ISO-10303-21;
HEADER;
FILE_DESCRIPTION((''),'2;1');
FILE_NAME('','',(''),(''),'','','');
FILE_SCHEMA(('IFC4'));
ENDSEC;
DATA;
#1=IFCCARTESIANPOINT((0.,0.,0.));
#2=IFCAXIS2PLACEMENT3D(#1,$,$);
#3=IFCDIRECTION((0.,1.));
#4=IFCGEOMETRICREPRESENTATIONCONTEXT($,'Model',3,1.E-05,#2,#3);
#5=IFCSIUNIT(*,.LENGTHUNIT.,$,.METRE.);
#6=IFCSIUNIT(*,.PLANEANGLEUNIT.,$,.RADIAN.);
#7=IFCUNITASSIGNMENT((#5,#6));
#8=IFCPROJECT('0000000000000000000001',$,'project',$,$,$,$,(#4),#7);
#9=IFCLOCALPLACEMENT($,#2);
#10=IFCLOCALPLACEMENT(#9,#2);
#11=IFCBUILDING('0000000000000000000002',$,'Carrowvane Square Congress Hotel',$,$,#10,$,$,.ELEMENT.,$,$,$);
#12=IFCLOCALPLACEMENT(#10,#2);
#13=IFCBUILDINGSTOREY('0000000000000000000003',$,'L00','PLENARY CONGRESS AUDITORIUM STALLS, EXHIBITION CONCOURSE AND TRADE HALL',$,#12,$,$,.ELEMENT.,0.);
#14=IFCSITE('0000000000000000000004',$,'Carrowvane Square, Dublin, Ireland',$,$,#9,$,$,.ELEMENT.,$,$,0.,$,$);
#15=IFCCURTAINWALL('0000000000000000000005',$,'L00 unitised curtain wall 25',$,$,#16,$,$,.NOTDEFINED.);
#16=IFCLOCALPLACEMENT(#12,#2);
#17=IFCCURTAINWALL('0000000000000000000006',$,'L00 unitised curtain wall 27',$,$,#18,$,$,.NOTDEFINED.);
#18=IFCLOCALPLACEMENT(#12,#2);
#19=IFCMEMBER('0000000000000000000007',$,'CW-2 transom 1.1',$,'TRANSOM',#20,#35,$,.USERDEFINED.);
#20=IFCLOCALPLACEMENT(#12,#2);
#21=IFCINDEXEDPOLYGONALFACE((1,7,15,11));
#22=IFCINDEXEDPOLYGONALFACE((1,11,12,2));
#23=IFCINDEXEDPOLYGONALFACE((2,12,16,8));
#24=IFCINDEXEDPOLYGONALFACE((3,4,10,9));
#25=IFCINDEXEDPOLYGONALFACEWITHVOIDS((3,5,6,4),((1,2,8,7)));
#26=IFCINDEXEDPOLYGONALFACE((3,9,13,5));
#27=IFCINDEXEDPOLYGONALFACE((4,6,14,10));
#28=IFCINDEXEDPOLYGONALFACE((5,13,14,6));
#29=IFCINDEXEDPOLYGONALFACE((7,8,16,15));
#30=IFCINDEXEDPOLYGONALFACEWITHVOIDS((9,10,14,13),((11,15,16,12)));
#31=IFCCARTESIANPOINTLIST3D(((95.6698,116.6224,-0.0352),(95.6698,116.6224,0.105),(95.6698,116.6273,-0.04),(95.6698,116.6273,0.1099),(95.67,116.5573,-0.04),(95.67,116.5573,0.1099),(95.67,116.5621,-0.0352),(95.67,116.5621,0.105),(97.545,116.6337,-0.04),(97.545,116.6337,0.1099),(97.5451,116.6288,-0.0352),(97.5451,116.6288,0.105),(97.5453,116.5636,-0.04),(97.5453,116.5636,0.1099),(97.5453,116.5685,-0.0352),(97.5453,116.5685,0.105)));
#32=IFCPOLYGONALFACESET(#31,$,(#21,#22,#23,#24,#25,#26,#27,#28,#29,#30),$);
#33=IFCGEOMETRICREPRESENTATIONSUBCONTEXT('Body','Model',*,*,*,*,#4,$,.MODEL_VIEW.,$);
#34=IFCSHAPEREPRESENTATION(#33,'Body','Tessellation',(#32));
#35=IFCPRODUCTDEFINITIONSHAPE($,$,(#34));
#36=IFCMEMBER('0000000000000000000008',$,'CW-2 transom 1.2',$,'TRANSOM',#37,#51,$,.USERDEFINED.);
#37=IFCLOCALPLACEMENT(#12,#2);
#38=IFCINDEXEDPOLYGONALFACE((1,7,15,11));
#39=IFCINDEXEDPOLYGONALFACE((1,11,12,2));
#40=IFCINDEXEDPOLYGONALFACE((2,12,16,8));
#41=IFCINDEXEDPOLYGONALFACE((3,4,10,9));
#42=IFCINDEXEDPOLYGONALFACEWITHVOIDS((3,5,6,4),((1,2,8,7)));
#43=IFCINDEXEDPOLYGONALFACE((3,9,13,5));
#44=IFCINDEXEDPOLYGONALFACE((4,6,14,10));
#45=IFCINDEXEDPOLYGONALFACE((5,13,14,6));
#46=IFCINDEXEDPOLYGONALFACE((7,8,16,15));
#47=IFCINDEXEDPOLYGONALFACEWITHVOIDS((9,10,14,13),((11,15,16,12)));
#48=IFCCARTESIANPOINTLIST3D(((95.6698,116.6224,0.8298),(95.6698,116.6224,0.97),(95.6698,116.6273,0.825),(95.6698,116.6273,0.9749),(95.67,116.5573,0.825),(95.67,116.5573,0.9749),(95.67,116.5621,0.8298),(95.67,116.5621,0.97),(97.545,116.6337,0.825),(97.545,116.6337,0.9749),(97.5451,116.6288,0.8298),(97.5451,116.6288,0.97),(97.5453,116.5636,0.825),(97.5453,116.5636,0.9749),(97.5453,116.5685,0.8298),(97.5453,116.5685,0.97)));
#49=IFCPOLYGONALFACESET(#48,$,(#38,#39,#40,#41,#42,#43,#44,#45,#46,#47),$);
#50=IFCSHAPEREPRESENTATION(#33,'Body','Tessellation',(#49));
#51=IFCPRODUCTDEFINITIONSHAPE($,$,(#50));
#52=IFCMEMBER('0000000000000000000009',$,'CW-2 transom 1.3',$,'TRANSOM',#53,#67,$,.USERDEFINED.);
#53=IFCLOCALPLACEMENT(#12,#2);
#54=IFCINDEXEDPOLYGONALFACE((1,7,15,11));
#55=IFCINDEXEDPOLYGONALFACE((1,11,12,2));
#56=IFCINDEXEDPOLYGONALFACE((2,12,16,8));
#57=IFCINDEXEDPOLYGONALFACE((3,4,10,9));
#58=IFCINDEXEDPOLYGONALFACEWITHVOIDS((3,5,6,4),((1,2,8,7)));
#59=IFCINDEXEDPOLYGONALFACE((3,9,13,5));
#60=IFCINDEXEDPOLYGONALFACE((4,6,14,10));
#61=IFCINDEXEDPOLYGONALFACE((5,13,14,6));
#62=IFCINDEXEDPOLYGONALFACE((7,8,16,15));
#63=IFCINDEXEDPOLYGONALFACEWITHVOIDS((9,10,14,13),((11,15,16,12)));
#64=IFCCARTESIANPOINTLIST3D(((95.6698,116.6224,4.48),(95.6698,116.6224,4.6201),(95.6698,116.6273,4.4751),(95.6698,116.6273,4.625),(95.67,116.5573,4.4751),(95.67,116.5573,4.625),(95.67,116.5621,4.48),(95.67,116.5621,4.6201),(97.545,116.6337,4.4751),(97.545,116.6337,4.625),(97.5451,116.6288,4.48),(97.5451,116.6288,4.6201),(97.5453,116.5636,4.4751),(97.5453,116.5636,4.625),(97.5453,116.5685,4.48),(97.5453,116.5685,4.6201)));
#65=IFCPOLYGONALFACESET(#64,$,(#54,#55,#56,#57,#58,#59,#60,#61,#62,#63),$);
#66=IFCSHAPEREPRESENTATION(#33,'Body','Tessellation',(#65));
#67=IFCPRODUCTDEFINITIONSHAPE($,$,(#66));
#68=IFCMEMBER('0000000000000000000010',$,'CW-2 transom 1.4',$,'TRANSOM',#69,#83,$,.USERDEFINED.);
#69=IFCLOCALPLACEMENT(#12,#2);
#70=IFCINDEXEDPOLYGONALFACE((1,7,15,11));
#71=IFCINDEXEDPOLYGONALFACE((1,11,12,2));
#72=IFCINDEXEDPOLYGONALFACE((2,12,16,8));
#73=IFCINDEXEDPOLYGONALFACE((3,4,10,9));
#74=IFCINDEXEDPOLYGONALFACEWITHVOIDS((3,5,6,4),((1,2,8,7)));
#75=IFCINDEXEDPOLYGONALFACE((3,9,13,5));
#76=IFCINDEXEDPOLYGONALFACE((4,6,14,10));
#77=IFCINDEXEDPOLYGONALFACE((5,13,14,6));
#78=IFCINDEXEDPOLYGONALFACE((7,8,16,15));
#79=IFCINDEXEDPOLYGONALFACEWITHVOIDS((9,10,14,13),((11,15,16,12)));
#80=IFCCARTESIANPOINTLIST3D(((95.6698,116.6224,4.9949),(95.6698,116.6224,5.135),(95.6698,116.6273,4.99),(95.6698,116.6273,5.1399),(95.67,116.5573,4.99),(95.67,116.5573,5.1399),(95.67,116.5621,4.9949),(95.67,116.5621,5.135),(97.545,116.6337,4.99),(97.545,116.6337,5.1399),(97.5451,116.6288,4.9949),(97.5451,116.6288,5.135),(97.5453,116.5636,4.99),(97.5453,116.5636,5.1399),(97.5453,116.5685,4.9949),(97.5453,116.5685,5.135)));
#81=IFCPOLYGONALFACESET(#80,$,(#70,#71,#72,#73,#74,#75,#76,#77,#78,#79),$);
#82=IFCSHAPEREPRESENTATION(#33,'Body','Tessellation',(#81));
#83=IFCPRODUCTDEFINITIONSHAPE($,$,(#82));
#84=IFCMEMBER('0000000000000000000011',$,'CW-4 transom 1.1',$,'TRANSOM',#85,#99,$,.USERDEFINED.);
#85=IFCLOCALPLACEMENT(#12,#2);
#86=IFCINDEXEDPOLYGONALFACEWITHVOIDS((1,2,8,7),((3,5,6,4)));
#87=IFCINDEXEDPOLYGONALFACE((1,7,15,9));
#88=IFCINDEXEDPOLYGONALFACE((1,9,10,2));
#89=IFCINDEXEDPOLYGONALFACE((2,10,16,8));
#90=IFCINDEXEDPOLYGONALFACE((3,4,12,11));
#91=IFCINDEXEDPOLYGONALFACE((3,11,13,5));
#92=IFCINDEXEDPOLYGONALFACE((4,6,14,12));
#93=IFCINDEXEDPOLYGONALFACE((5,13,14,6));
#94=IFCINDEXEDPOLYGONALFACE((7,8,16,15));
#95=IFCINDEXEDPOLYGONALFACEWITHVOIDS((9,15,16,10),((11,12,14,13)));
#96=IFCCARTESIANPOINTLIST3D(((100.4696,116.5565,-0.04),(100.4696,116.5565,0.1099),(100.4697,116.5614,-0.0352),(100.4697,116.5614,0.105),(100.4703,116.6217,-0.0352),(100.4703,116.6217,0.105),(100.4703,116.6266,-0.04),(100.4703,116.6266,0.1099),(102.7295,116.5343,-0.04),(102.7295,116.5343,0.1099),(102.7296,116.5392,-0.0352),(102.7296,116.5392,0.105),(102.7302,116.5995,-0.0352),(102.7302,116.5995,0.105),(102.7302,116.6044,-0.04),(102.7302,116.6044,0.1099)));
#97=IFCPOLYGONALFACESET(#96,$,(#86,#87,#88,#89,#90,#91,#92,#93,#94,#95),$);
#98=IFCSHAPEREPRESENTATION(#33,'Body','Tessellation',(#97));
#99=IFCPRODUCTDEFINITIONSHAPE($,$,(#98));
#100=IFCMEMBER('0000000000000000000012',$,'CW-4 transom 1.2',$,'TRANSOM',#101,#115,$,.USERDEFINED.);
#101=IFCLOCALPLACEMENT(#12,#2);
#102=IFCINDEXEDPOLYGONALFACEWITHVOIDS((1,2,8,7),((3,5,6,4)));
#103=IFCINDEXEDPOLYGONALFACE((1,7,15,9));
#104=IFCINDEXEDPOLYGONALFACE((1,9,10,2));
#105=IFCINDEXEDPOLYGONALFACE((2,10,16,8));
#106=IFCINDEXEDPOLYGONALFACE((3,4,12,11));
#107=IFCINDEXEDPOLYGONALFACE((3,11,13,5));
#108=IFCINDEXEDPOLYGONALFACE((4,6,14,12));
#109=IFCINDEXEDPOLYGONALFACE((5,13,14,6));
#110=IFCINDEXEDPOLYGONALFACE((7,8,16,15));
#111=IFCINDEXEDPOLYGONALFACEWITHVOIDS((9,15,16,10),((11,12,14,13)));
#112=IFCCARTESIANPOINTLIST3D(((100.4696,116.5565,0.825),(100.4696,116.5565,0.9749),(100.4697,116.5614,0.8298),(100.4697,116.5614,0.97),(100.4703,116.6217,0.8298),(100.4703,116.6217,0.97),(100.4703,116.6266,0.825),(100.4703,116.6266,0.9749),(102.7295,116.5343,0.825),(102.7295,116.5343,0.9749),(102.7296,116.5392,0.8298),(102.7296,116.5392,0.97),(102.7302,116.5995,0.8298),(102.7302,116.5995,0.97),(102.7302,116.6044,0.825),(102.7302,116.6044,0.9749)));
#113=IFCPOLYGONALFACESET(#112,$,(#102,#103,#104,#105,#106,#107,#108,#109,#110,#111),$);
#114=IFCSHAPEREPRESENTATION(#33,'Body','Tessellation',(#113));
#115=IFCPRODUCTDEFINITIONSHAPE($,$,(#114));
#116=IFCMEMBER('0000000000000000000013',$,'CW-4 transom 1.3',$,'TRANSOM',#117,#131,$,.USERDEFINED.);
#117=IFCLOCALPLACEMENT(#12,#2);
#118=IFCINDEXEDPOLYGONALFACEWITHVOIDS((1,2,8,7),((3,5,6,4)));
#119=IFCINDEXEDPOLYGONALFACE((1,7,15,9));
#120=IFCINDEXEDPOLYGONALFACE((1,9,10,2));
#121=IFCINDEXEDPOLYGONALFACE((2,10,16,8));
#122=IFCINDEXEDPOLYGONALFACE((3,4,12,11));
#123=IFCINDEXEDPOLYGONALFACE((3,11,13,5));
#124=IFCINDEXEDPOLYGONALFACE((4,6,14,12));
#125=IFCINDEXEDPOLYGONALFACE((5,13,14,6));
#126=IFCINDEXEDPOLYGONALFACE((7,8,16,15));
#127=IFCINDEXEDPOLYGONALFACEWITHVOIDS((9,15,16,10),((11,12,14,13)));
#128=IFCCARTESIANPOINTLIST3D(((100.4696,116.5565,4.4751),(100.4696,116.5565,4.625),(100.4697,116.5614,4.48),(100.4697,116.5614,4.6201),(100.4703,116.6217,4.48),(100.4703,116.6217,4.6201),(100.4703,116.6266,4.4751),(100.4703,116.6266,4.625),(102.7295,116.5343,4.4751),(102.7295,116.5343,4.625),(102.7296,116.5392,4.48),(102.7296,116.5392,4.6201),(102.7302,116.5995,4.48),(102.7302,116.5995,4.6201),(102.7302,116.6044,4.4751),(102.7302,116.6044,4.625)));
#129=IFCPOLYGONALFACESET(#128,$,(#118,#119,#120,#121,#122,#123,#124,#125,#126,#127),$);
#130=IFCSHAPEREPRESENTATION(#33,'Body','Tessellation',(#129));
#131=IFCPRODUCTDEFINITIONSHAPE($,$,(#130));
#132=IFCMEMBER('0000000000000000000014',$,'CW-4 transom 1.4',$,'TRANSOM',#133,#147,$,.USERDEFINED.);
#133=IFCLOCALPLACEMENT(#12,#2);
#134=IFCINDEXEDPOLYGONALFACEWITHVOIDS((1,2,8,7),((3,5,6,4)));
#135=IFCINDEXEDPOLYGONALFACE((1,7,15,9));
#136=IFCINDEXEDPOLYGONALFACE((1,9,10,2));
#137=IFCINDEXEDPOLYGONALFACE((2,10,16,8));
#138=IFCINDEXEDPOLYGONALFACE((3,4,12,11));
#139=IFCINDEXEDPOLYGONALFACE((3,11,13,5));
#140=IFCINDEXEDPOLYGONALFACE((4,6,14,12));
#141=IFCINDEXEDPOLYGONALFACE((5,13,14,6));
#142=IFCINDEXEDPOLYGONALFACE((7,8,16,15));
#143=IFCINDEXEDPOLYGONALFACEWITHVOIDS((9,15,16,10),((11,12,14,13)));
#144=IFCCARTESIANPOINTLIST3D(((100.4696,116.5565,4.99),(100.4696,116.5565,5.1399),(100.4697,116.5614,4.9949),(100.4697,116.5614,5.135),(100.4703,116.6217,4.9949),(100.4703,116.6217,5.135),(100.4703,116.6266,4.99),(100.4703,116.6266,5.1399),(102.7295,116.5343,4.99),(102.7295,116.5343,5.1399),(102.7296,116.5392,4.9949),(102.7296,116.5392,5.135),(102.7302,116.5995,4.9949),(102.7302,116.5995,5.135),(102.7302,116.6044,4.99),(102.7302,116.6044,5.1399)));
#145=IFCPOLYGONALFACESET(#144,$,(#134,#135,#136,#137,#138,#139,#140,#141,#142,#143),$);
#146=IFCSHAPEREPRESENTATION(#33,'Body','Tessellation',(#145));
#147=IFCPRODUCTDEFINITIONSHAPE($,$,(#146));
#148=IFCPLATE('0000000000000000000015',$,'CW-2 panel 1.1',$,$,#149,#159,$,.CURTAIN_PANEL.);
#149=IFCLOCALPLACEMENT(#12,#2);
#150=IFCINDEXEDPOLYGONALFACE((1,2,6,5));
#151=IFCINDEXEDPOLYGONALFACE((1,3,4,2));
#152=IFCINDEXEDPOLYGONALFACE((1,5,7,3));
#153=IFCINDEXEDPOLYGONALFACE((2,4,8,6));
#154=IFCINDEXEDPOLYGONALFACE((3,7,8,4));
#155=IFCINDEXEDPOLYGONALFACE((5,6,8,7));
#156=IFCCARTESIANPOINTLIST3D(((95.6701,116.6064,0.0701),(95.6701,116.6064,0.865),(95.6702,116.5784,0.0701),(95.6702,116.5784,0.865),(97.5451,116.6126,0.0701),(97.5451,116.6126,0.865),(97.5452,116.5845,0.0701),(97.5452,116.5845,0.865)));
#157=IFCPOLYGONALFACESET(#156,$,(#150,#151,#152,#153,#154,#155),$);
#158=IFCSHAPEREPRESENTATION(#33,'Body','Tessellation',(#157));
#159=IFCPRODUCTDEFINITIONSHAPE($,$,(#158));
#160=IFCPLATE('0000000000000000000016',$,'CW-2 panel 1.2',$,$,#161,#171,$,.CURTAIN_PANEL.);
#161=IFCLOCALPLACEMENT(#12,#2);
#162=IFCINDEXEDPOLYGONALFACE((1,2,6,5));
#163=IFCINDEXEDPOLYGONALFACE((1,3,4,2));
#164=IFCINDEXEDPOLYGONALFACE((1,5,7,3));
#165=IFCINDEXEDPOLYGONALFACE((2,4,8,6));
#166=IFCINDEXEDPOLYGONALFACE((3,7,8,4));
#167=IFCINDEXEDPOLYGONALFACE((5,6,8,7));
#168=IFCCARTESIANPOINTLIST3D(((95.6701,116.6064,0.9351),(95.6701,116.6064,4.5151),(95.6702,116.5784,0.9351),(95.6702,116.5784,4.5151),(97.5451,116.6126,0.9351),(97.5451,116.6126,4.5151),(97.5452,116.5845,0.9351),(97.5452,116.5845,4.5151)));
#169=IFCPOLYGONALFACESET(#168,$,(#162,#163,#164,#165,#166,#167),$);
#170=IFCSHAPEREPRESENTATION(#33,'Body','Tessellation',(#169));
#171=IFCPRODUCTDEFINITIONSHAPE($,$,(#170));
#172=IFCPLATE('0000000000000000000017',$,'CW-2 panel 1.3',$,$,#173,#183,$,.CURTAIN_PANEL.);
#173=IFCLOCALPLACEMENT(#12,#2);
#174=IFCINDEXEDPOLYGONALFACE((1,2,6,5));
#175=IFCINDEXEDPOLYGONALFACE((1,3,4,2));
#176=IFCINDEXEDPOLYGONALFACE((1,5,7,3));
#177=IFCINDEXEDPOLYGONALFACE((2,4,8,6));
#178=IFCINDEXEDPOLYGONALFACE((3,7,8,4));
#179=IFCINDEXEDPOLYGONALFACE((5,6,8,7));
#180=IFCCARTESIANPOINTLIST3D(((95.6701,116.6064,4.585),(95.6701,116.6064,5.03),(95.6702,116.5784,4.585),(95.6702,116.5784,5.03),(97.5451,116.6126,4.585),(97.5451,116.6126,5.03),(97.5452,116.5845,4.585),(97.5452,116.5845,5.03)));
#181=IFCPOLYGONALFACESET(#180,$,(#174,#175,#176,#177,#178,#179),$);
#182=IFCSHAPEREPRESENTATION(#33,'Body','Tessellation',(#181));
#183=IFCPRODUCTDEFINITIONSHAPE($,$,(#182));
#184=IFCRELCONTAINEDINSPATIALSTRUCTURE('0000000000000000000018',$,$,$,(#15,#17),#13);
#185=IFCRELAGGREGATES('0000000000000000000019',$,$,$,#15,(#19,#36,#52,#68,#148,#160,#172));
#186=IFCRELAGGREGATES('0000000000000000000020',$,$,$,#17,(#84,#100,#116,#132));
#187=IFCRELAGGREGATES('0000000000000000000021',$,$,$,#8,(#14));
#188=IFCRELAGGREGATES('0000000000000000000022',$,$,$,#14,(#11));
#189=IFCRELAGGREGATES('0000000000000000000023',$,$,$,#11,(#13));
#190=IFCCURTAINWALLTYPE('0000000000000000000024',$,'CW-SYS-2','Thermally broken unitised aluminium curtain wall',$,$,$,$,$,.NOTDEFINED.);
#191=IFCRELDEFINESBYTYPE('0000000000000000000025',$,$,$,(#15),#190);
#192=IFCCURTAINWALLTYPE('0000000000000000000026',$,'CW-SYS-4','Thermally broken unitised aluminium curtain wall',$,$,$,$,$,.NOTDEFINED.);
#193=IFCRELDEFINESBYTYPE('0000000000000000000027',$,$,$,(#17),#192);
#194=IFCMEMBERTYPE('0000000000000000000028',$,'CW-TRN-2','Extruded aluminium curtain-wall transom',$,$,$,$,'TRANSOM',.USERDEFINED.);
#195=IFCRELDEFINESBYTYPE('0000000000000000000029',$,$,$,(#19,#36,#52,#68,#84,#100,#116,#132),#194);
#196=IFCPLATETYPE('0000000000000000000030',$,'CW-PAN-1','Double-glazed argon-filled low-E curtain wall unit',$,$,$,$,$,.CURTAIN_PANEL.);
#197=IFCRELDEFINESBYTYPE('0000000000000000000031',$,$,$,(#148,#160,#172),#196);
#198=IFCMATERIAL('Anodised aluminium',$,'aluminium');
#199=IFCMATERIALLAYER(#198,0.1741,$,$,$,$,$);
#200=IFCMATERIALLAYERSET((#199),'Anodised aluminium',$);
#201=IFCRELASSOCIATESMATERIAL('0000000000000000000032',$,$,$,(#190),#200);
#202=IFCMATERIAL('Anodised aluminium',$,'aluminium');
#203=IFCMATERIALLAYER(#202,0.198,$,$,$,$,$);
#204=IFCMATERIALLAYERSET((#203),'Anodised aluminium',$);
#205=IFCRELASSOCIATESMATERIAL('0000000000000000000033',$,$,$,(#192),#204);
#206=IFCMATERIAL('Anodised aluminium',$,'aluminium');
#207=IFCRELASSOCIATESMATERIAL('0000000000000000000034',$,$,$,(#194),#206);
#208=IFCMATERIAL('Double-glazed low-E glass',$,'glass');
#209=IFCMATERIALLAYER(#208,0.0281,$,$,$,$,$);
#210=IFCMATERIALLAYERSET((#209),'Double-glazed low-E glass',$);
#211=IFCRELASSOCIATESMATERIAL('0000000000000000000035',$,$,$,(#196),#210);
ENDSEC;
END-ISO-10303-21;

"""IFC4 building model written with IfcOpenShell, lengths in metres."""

from ifc_helpers import new_model, si_unit, direction, frame, origin, origin_2d, place, context, subcontext, project, spatial, rectangle, hollow_rectangle, extrude, material, layer, layer_set, material_profile, profile_set, type_object, element, aggregate, save


model = new_model("IFC4")

# Units and contexts
model_context = context("Model", 3, precision=1e-05, world=origin(), true_north=direction((0.0, 1.0)))
body_context = subcontext(model_context, "Body", "Model", "MODEL_VIEW")
ifc_project = project(units=[si_unit("LENGTHUNIT", "METRE"), si_unit("PLANEANGLEUNIT", "RADIAN")], contexts=[model_context])

# Site, building, storey
site_placement = place(None, origin())
site = spatial("IfcSite", under=ifc_project, at=site_placement, Name="Carrowvane Square, Dublin, Ireland", CompositionType="ELEMENT", RefElevation=0.0)
building_placement = place(site_placement, origin())
building = spatial("IfcBuilding", under=site, at=building_placement, Name="Carrowvane Square Congress Hotel", CompositionType="ELEMENT")
storey_placement = place(building_placement, origin())
storey = spatial("IfcBuildingStorey", under=building, at=storey_placement, Name="L00", Description="PLENARY CONGRESS AUDITORIUM STALLS, EXHIBITION CONCOURSE AND TRADE HALL", CompositionType="ELEMENT", Elevation=0.0)

# Curtain walls
ifc_material_1 = material(Name="Anodised aluminium", Category="aluminium")
ifc_layer_1 = layer(ifc_material_1, 0.1741)
ifc_layer_set_1 = layer_set([ifc_layer_1], Name="Anodised aluminium")
curtain_wall_type_1 = type_object("IfcCurtainWallType", Name="CW-SYS-2", Description="Thermally broken unitised aluminium curtain wall", PredefinedType="NOTDEFINED", material=ifc_layer_set_1)
curtain_wall_1_placement = place(storey_placement, origin())
curtain_wall_1 = element("IfcCurtainWall", 1, at=curtain_wall_1_placement, inside=storey, type_object=curtain_wall_type_1, Name="L00 unitised curtain wall 25", PredefinedType="NOTDEFINED")
ifc_material_2 = material(Name="Anodised aluminium", Category="aluminium")
ifc_layer_2 = layer(ifc_material_2, 0.198)
ifc_layer_set_2 = layer_set([ifc_layer_2], Name="Anodised aluminium")
curtain_wall_type_2 = type_object("IfcCurtainWallType", Name="CW-SYS-4", Description="Thermally broken unitised aluminium curtain wall", PredefinedType="NOTDEFINED", material=ifc_layer_set_2)
curtain_wall_2_placement = place(storey_placement, origin())
curtain_wall_2 = element("IfcCurtainWall", 2, at=curtain_wall_2_placement, inside=storey, type_object=curtain_wall_type_2, Name="L00 unitised curtain wall 27", PredefinedType="NOTDEFINED")

# Members
ifc_material_3 = material(Name="Anodised aluminium", Category="aluminium")
ifc_material_profile_1 = material_profile(ifc_material_3, hollow_rectangle(XDim=0.0701, YDim=0.1499, WallThickness=0.0049, at=origin_2d()), Name="CW-TR 70x150x5")
ifc_profile_set_1 = profile_set([ifc_material_profile_1], Name="Anodised aluminium")
member_type_1 = type_object("IfcMemberType", Name="CW-TRN-2", Description="Extruded aluminium curtain-wall transom", ElementType="TRANSOM", PredefinedType="USERDEFINED", material=ifc_profile_set_1)
member_1_placement = place(storey_placement, frame((95.6699, 116.5923, 0.0349), z_axis=(0.999994, 0.003385, 0.0), x_axis=(-0.003385, 0.999994, 0.0)))
member_1 = element("IfcMember", 3, at=member_1_placement, type_object=member_type_1, Name="CW-2 transom 1.1", ObjectType="TRANSOM", PredefinedType="USERDEFINED", context=body_context, shape_type="SweptSolid", body=[
    extrude(hollow_rectangle(XDim=0.0701, YDim=0.1499, WallThickness=0.0049, at=origin_2d()), origin(), (0.0, 0.0, 1.0), 1.8752),
])
member_2_placement = place(storey_placement, frame((95.6699, 116.5923, 0.8999), z_axis=(0.999994, 0.003385, 0.0), x_axis=(-0.003385, 0.999994, 0.0)))
member_2 = element("IfcMember", 4, at=member_2_placement, type_object=member_type_1, Name="CW-2 transom 1.2", ObjectType="TRANSOM", PredefinedType="USERDEFINED", context=body_context, shape_type="SweptSolid", body=[
    extrude(hollow_rectangle(XDim=0.0701, YDim=0.1499, WallThickness=0.0049, at=origin_2d()), origin(), (0.0, 0.0, 1.0), 1.8752),
])
member_3_placement = place(storey_placement, frame((95.6699, 116.5923, 4.55), z_axis=(0.999994, 0.003385, 0.0), x_axis=(-0.003385, 0.999994, 0.0)))
member_3 = element("IfcMember", 5, at=member_3_placement, type_object=member_type_1, Name="CW-2 transom 1.3", ObjectType="TRANSOM", PredefinedType="USERDEFINED", context=body_context, shape_type="SweptSolid", body=[
    extrude(hollow_rectangle(XDim=0.0701, YDim=0.1499, WallThickness=0.0049, at=origin_2d()), origin(), (0.0, 0.0, 1.0), 1.8752),
])
member_4_placement = place(storey_placement, frame((95.6699, 116.5923, 5.0649), z_axis=(0.999994, 0.003385, 0.0), x_axis=(-0.003385, 0.999994, 0.0)))
member_4 = element("IfcMember", 6, at=member_4_placement, type_object=member_type_1, Name="CW-2 transom 1.4", ObjectType="TRANSOM", PredefinedType="USERDEFINED", context=body_context, shape_type="SweptSolid", body=[
    extrude(hollow_rectangle(XDim=0.0701, YDim=0.1499, WallThickness=0.0049, at=origin_2d()), origin(), (0.0, 0.0, 1.0), 1.8752),
])
member_5_placement = place(storey_placement, frame((100.47, 116.5916, 0.0349), z_axis=(0.999952, -0.00983, 0.0), x_axis=(0.00983, 0.999952, 0.0)))
member_5 = element("IfcMember", 7, at=member_5_placement, type_object=member_type_1, Name="CW-4 transom 1.1", ObjectType="TRANSOM", PredefinedType="USERDEFINED", context=body_context, shape_type="SweptSolid", body=[
    extrude(hollow_rectangle(XDim=0.0701, YDim=0.1499, WallThickness=0.0049, at=origin_2d()), origin(), (0.0, 0.0, 1.0), 2.26),
])
member_6_placement = place(storey_placement, frame((100.47, 116.5916, 0.8999), z_axis=(0.999952, -0.00983, 0.0), x_axis=(0.00983, 0.999952, 0.0)))
member_6 = element("IfcMember", 8, at=member_6_placement, type_object=member_type_1, Name="CW-4 transom 1.2", ObjectType="TRANSOM", PredefinedType="USERDEFINED", context=body_context, shape_type="SweptSolid", body=[
    extrude(hollow_rectangle(XDim=0.0701, YDim=0.1499, WallThickness=0.0049, at=origin_2d()), origin(), (0.0, 0.0, 1.0), 2.26),
])
member_7_placement = place(storey_placement, frame((100.47, 116.5916, 4.55), z_axis=(0.999952, -0.00983, 0.0), x_axis=(0.00983, 0.999952, 0.0)))
member_7 = element("IfcMember", 9, at=member_7_placement, type_object=member_type_1, Name="CW-4 transom 1.3", ObjectType="TRANSOM", PredefinedType="USERDEFINED", context=body_context, shape_type="SweptSolid", body=[
    extrude(hollow_rectangle(XDim=0.0701, YDim=0.1499, WallThickness=0.0049, at=origin_2d()), origin(), (0.0, 0.0, 1.0), 2.26),
])
member_8_placement = place(storey_placement, frame((100.47, 116.5916, 5.0649), z_axis=(0.999952, -0.00983, 0.0), x_axis=(0.00983, 0.999952, 0.0)))
member_8 = element("IfcMember", 10, at=member_8_placement, type_object=member_type_1, Name="CW-4 transom 1.4", ObjectType="TRANSOM", PredefinedType="USERDEFINED", context=body_context, shape_type="SweptSolid", body=[
    extrude(hollow_rectangle(XDim=0.0701, YDim=0.1499, WallThickness=0.0049, at=origin_2d()), origin(), (0.0, 0.0, 1.0), 2.26),
])

# Plates
ifc_material_4 = material(Name="Double-glazed low-E glass", Category="glass")
ifc_layer_3 = layer(ifc_material_4, 0.0281)
ifc_layer_set_3 = layer_set([ifc_layer_3], Name="Double-glazed low-E glass")
plate_type_1 = type_object("IfcPlateType", Name="CW-PAN-1", Description="Double-glazed argon-filled low-E curtain wall unit", PredefinedType="CURTAIN_PANEL", material=ifc_layer_set_3)
plate_1_placement = place(storey_placement, frame((96.6077, 116.5955, 0.0701), z_axis=(0.0, 0.0, 1.0), x_axis=(0.999995, 0.00327, 0.0)))
plate_1 = element("IfcPlate", 11, at=plate_1_placement, type_object=plate_type_1, Name="CW-2 panel 1.1", PredefinedType="CURTAIN_PANEL", context=body_context, shape_type="SweptSolid", body=[
    extrude(rectangle(XDim=1.875, YDim=0.0281, at=origin_2d()), origin(), (0.0, 0.0, 1.0), 0.7949),
])
plate_2_placement = place(storey_placement, frame((96.6077, 116.5955, 0.9351), z_axis=(0.0, 0.0, 1.0), x_axis=(0.999995, 0.00327, 0.0)))
plate_2 = element("IfcPlate", 12, at=plate_2_placement, type_object=plate_type_1, Name="CW-2 panel 1.2", PredefinedType="CURTAIN_PANEL", context=body_context, shape_type="SweptSolid", body=[
    extrude(rectangle(XDim=1.875, YDim=0.0281, at=origin_2d()), origin(), (0.0, 0.0, 1.0), 3.5801),
])
plate_3_placement = place(storey_placement, frame((96.6077, 116.5955, 4.585), z_axis=(0.0, 0.0, 1.0), x_axis=(0.999995, 0.00327, 0.0)))
plate_3 = element("IfcPlate", 13, at=plate_3_placement, type_object=plate_type_1, Name="CW-2 panel 1.3", PredefinedType="CURTAIN_PANEL", context=body_context, shape_type="SweptSolid", body=[
    extrude(rectangle(XDim=1.875, YDim=0.0281, at=origin_2d()), origin(), (0.0, 0.0, 1.0), 0.4451),
])
aggregate(curtain_wall_1, [member_1, member_2, member_3, member_4, plate_1, plate_2, plate_3])
aggregate(curtain_wall_2, [member_5, member_6, member_7, member_8])

save(model, "model.ifc")
